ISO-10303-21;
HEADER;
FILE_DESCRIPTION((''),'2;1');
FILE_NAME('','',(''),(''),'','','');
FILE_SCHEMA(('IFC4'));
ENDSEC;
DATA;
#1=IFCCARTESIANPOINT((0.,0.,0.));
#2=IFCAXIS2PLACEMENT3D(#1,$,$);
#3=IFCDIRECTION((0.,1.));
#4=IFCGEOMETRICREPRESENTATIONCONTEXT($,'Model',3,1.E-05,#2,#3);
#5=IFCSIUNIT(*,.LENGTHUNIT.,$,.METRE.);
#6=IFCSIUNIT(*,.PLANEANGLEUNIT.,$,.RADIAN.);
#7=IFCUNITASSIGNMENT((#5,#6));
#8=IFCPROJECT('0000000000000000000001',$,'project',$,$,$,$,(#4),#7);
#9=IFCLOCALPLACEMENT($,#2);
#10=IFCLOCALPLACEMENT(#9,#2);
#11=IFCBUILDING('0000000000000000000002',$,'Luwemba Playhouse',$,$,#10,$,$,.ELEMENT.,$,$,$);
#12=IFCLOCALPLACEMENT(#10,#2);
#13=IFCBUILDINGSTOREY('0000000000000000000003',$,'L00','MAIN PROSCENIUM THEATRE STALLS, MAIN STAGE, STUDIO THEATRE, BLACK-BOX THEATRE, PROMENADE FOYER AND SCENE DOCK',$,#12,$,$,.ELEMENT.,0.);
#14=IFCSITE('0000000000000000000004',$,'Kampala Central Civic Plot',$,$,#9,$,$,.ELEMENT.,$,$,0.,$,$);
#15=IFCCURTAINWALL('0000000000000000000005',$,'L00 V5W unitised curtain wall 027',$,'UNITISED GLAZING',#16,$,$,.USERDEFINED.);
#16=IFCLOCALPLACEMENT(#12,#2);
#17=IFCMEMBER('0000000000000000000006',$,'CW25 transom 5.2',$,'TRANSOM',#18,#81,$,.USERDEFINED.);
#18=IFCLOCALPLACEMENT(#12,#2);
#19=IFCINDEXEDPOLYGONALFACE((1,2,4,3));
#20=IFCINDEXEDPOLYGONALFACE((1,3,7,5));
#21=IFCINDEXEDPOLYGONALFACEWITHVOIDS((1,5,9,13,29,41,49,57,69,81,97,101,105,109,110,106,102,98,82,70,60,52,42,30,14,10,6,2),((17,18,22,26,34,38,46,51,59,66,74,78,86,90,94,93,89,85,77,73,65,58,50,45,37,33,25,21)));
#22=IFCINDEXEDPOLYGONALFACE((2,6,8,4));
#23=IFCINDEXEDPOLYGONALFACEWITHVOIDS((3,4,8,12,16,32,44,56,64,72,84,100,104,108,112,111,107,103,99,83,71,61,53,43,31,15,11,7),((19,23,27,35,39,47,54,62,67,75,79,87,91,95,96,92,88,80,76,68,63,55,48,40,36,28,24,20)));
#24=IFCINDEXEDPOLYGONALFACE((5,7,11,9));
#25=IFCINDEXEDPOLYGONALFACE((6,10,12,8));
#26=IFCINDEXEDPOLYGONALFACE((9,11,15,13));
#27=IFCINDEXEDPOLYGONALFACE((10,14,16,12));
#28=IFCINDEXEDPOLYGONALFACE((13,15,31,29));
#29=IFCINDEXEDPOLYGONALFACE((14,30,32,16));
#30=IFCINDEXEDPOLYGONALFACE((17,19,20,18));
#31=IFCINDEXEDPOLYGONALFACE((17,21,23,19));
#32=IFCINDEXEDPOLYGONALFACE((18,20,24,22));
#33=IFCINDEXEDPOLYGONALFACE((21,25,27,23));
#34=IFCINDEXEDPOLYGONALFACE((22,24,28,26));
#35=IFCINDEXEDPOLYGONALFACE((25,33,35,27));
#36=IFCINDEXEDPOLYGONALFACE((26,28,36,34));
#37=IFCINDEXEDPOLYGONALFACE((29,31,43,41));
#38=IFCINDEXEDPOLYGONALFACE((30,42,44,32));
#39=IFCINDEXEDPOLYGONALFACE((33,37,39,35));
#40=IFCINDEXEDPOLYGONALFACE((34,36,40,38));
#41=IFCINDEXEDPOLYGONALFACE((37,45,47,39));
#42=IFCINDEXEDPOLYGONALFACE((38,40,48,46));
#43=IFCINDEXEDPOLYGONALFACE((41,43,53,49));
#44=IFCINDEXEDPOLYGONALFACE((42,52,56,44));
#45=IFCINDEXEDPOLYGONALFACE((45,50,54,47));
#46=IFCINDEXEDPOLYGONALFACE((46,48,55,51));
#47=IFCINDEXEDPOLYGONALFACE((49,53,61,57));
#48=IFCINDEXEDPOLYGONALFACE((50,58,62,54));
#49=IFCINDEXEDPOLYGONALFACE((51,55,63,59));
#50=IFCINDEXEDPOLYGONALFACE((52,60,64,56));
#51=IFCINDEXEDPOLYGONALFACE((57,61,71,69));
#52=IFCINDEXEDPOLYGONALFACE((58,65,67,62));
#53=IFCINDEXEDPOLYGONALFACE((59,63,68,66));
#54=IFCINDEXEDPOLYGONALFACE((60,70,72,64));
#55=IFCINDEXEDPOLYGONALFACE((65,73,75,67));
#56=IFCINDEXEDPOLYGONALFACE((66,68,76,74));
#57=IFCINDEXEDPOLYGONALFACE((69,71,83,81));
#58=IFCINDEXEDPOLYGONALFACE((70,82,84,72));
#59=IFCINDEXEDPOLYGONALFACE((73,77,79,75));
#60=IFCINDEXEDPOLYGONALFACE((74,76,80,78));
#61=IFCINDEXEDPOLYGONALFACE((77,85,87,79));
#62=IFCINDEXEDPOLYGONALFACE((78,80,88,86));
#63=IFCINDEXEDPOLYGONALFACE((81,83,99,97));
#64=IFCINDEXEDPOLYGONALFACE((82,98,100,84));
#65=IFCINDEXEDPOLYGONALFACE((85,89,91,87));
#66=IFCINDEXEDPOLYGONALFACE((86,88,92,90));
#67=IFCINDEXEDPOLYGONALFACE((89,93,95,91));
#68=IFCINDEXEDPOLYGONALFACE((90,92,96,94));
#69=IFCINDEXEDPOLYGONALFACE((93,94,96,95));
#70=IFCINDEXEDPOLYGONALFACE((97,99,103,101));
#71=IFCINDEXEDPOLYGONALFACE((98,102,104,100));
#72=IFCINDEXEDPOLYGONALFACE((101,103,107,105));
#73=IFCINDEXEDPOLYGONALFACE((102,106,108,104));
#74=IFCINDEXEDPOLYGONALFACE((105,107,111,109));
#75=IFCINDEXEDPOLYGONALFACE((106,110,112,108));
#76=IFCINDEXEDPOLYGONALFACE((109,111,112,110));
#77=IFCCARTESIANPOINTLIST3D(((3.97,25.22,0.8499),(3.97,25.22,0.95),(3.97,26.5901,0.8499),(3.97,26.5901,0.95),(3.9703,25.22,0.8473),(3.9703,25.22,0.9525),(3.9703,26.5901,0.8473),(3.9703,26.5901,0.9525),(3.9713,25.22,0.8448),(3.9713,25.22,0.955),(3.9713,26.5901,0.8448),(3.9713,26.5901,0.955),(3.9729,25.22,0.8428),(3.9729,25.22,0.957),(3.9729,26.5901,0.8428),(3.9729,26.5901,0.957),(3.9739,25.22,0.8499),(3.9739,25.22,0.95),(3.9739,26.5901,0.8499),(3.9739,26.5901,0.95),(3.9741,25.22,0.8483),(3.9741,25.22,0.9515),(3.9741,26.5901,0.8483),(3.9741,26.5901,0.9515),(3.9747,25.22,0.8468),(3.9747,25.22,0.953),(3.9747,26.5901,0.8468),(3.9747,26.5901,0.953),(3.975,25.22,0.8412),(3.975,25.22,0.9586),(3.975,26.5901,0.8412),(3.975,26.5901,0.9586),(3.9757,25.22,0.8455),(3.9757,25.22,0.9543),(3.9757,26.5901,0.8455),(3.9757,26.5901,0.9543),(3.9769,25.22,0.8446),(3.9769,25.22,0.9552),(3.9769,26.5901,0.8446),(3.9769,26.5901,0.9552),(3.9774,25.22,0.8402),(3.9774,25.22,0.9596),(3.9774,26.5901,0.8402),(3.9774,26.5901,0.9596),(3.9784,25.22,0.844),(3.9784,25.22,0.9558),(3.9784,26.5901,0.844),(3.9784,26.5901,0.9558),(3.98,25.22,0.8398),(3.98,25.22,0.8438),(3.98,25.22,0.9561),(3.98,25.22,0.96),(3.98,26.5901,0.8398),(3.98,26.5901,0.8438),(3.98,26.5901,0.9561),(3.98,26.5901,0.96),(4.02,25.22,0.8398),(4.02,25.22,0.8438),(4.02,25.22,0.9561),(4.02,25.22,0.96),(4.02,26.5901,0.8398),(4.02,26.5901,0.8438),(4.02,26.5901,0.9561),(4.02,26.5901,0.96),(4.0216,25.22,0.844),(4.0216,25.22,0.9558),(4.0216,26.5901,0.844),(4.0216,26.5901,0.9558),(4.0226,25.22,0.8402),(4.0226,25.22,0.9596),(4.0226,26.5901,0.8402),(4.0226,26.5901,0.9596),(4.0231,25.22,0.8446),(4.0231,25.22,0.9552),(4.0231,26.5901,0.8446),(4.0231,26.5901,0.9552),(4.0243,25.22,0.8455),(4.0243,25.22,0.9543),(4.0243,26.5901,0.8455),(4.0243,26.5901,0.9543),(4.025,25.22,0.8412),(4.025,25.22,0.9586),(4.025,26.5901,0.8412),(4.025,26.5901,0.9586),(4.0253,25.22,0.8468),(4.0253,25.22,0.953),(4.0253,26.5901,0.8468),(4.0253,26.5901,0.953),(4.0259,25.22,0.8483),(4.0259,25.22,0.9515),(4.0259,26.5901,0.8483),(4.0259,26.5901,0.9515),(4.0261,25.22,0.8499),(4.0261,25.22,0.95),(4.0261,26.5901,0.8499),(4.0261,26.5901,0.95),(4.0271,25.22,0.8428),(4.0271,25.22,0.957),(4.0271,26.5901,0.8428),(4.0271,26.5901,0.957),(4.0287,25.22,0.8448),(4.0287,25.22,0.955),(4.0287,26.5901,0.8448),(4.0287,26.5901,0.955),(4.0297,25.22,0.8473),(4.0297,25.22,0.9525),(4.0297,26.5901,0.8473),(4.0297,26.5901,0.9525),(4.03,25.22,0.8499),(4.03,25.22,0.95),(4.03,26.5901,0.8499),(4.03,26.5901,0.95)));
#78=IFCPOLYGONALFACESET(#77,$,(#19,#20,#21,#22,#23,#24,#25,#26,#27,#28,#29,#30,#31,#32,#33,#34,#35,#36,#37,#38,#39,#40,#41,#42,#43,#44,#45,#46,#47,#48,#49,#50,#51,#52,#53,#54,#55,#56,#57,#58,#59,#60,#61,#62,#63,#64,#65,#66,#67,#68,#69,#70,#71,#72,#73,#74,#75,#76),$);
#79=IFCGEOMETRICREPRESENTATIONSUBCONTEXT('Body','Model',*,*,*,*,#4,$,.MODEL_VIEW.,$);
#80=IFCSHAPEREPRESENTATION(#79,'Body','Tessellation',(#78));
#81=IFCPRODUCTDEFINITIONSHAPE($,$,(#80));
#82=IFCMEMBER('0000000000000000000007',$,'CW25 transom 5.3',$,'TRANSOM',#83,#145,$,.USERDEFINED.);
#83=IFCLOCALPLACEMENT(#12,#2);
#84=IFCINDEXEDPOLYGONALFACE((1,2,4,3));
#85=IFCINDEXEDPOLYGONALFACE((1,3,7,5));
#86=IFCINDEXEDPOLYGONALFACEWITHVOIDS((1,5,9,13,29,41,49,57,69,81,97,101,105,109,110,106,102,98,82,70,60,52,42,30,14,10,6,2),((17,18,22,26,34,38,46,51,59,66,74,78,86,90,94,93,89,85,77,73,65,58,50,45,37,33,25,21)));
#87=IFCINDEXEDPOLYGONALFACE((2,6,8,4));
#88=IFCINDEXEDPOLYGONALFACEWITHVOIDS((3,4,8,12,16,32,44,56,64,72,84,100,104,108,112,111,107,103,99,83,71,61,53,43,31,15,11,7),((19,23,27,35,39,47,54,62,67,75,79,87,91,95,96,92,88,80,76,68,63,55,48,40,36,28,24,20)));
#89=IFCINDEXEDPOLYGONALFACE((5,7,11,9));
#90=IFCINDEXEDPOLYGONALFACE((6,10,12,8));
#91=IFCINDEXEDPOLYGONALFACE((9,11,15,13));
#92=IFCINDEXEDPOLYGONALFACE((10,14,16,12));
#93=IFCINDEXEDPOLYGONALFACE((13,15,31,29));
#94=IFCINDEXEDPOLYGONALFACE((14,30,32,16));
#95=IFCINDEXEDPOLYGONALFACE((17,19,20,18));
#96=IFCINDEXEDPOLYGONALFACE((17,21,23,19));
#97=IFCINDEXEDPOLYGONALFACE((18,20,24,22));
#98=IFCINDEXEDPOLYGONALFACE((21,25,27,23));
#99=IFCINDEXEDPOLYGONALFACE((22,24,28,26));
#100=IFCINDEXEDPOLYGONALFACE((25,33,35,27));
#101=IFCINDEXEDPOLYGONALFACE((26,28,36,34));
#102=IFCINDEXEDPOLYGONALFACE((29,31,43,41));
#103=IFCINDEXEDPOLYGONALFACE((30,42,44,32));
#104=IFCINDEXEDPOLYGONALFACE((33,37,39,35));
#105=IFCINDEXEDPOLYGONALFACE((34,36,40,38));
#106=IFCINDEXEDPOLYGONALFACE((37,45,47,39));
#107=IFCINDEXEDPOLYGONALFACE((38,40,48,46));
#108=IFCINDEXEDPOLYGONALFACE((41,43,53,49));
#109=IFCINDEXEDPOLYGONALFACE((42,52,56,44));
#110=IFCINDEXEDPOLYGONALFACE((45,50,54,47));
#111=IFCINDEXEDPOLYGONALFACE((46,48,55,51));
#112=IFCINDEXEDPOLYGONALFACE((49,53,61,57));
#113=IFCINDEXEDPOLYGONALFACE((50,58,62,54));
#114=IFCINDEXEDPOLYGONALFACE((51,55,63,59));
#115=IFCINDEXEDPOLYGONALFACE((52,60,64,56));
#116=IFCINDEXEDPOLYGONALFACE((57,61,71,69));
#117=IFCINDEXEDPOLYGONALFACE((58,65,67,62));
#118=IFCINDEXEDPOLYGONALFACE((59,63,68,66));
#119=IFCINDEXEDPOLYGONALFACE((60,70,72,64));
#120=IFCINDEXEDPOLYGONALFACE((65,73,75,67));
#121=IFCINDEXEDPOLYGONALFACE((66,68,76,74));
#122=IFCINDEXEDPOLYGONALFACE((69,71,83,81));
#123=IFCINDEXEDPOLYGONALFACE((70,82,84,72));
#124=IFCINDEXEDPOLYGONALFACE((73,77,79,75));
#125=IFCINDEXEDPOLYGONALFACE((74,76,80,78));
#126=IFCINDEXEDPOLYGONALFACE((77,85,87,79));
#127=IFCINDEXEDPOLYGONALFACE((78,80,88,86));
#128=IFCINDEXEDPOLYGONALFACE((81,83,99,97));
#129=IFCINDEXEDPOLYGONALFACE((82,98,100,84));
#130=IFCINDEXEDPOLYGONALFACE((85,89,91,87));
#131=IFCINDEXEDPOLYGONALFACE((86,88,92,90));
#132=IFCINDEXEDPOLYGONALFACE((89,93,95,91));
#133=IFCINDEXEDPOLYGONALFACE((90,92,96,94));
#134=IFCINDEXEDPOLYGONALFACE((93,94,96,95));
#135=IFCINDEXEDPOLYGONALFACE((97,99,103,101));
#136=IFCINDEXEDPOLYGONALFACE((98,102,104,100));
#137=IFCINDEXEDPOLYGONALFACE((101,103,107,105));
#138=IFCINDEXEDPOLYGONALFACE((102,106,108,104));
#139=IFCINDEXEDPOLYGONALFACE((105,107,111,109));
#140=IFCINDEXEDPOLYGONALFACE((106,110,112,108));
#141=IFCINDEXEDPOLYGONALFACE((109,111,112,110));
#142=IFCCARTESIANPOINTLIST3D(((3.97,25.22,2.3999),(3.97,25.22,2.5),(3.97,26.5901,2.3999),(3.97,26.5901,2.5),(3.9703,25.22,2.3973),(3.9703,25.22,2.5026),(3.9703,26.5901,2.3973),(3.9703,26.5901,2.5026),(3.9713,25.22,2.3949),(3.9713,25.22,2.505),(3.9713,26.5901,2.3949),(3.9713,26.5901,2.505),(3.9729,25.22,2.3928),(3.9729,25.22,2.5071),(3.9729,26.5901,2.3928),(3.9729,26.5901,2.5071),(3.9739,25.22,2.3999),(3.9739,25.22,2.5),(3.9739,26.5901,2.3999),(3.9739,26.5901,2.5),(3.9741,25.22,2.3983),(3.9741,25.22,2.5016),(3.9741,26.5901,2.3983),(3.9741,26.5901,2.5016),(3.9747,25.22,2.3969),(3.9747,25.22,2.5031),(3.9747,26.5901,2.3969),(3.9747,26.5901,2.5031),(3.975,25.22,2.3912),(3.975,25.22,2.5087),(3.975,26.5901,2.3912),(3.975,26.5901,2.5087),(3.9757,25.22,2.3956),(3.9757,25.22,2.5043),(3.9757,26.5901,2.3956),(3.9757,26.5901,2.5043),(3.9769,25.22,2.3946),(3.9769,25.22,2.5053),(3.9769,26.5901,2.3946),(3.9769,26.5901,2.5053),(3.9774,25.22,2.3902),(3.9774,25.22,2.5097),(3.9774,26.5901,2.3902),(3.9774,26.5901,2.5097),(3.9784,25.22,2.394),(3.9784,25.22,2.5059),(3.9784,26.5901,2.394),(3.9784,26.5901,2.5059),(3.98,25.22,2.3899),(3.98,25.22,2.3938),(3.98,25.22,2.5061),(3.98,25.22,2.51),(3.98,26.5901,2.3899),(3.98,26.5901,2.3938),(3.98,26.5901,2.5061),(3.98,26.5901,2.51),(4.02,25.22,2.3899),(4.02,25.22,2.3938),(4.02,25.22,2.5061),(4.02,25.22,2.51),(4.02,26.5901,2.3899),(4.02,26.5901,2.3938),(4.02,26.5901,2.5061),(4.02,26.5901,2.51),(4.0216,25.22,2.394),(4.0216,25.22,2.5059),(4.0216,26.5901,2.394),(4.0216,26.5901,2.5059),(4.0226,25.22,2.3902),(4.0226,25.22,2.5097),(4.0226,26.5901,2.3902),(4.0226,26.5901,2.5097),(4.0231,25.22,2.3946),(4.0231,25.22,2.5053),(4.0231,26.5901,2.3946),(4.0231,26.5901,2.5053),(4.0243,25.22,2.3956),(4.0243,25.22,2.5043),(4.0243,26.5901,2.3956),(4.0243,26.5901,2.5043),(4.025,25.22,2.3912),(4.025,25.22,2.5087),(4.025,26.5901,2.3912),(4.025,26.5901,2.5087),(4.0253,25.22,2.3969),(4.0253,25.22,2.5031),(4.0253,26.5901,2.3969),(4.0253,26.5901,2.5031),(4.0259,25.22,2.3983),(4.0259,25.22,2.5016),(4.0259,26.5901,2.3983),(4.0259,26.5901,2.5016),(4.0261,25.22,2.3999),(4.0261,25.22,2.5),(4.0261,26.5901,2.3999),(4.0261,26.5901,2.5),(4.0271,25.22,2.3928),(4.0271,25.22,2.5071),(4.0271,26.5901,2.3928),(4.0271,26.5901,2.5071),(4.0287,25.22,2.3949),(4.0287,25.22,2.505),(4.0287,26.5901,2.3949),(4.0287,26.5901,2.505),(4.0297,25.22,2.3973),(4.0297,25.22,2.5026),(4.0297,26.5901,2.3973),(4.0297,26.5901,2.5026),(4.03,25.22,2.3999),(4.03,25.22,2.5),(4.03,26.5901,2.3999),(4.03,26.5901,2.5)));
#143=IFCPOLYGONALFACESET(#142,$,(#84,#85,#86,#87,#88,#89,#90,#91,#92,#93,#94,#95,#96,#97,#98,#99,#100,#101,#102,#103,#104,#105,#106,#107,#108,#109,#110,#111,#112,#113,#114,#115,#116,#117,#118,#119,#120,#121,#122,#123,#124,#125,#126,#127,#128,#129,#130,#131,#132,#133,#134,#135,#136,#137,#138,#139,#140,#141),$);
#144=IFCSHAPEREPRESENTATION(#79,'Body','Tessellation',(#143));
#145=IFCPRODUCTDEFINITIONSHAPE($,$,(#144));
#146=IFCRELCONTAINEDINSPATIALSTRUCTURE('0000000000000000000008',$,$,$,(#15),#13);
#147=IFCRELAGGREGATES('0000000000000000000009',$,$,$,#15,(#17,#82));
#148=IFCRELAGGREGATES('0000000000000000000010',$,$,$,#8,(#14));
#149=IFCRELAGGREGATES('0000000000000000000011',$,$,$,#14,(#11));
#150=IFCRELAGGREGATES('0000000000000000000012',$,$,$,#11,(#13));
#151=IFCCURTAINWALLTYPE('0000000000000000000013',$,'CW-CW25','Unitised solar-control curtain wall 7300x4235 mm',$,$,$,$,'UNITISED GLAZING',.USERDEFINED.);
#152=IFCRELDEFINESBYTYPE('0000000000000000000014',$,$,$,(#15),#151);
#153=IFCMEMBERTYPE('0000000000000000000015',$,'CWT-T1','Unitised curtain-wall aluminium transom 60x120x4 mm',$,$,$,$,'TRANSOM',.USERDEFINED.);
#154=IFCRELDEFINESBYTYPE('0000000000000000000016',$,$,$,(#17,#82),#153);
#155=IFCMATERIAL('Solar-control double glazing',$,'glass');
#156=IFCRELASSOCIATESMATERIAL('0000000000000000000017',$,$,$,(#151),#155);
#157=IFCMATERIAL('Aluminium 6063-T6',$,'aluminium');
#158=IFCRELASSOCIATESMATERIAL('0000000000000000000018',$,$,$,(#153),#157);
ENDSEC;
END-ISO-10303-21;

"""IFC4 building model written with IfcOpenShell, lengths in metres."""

from ifc_helpers import new_model, si_unit, direction, frame, origin, origin_2d, place, context, subcontext, project, spatial, hollow_rectangle, extrude, material, material_profile, profile_set, type_object, element, aggregate, save


model = new_model("IFC4")

# Units and contexts
model_context = context("Model", 3, precision=1e-05, world=origin(), true_north=direction((0.0, 1.0)))
body_context = subcontext(model_context, "Body", "Model", "MODEL_VIEW")
ifc_project = project(units=[si_unit("LENGTHUNIT", "METRE"), si_unit("PLANEANGLEUNIT", "RADIAN")], contexts=[model_context])

# Site, building, storey
site_placement = place(None, origin())
site = spatial("IfcSite", under=ifc_project, at=site_placement, Name="Kampala Central Civic Plot", CompositionType="ELEMENT", RefElevation=0.0)
building_placement = place(site_placement, origin())
building = spatial("IfcBuilding", under=site, at=building_placement, Name="Luwemba Playhouse", CompositionType="ELEMENT")
storey_placement = place(building_placement, origin())
storey = spatial("IfcBuildingStorey", under=building, at=storey_placement, Name="L00", Description="MAIN PROSCENIUM THEATRE STALLS, MAIN STAGE, STUDIO THEATRE, BLACK-BOX THEATRE, PROMENADE FOYER AND SCENE DOCK", CompositionType="ELEMENT", Elevation=0.0)

# Curtain wall
ifc_material_1 = material(Name="Solar-control double glazing", Category="glass")
curtain_wall_type_1 = type_object("IfcCurtainWallType", Name="CW-CW25", Description="Unitised solar-control curtain wall 7300x4235 mm", ElementType="UNITISED GLAZING", PredefinedType="USERDEFINED", material=ifc_material_1)
curtain_wall_1_placement = place(storey_placement, origin())
curtain_wall_1 = element("IfcCurtainWall", 1, at=curtain_wall_1_placement, inside=storey, type_object=curtain_wall_type_1, Name="L00 V5W unitised curtain wall 027", ObjectType="UNITISED GLAZING", PredefinedType="USERDEFINED")
ifc_material_2 = material(Name="Aluminium 6063-T6", Category="aluminium")

# Members
ifc_material_profile_1 = material_profile(ifc_material_2, hollow_rectangle(XDim=0.0601, YDim=0.1201, WallThickness=0.0039, InnerFilletRadius=0.0061, OuterFilletRadius=0.01, at=origin_2d()))
ifc_profile_set_1 = profile_set([ifc_material_profile_1], Name="Aluminium 6063-T6")
member_type_1 = type_object("IfcMemberType", Name="CWT-T1", Description="Unitised curtain-wall aluminium transom 60x120x4 mm", ElementType="TRANSOM", PredefinedType="USERDEFINED", material=ifc_profile_set_1)
member_1_placement = place(storey_placement, frame((4.0, 25.22, 0.8999), z_axis=(0.0, 1.0, 0.0), x_axis=(-1.0, 0.0, 0.0)))
member_1 = element("IfcMember", 2, at=member_1_placement, type_object=member_type_1, Name="CW25 transom 5.2", ObjectType="TRANSOM", PredefinedType="USERDEFINED", context=body_context, shape_type="SweptSolid", body=[
    extrude(hollow_rectangle(XDim=0.0601, YDim=0.1201, WallThickness=0.0039, InnerFilletRadius=0.0061, OuterFilletRadius=0.01, at=origin_2d()), origin(), (0.0, 0.0, 1.0), 1.3701),
])
member_2_placement = place(storey_placement, frame((4.0, 25.22, 2.45), z_axis=(0.0, 1.0, 0.0), x_axis=(-1.0, 0.0, 0.0)))
member_2 = element("IfcMember", 3, at=member_2_placement, type_object=member_type_1, Name="CW25 transom 5.3", ObjectType="TRANSOM", PredefinedType="USERDEFINED", context=body_context, shape_type="SweptSolid", body=[
    extrude(hollow_rectangle(XDim=0.0601, YDim=0.1201, WallThickness=0.0039, InnerFilletRadius=0.0061, OuterFilletRadius=0.01, at=origin_2d()), origin(), (0.0, 0.0, 1.0), 1.3701),
])

aggregate(curtain_wall_1, [member_1, member_2])

save(model, "model.ifc")
